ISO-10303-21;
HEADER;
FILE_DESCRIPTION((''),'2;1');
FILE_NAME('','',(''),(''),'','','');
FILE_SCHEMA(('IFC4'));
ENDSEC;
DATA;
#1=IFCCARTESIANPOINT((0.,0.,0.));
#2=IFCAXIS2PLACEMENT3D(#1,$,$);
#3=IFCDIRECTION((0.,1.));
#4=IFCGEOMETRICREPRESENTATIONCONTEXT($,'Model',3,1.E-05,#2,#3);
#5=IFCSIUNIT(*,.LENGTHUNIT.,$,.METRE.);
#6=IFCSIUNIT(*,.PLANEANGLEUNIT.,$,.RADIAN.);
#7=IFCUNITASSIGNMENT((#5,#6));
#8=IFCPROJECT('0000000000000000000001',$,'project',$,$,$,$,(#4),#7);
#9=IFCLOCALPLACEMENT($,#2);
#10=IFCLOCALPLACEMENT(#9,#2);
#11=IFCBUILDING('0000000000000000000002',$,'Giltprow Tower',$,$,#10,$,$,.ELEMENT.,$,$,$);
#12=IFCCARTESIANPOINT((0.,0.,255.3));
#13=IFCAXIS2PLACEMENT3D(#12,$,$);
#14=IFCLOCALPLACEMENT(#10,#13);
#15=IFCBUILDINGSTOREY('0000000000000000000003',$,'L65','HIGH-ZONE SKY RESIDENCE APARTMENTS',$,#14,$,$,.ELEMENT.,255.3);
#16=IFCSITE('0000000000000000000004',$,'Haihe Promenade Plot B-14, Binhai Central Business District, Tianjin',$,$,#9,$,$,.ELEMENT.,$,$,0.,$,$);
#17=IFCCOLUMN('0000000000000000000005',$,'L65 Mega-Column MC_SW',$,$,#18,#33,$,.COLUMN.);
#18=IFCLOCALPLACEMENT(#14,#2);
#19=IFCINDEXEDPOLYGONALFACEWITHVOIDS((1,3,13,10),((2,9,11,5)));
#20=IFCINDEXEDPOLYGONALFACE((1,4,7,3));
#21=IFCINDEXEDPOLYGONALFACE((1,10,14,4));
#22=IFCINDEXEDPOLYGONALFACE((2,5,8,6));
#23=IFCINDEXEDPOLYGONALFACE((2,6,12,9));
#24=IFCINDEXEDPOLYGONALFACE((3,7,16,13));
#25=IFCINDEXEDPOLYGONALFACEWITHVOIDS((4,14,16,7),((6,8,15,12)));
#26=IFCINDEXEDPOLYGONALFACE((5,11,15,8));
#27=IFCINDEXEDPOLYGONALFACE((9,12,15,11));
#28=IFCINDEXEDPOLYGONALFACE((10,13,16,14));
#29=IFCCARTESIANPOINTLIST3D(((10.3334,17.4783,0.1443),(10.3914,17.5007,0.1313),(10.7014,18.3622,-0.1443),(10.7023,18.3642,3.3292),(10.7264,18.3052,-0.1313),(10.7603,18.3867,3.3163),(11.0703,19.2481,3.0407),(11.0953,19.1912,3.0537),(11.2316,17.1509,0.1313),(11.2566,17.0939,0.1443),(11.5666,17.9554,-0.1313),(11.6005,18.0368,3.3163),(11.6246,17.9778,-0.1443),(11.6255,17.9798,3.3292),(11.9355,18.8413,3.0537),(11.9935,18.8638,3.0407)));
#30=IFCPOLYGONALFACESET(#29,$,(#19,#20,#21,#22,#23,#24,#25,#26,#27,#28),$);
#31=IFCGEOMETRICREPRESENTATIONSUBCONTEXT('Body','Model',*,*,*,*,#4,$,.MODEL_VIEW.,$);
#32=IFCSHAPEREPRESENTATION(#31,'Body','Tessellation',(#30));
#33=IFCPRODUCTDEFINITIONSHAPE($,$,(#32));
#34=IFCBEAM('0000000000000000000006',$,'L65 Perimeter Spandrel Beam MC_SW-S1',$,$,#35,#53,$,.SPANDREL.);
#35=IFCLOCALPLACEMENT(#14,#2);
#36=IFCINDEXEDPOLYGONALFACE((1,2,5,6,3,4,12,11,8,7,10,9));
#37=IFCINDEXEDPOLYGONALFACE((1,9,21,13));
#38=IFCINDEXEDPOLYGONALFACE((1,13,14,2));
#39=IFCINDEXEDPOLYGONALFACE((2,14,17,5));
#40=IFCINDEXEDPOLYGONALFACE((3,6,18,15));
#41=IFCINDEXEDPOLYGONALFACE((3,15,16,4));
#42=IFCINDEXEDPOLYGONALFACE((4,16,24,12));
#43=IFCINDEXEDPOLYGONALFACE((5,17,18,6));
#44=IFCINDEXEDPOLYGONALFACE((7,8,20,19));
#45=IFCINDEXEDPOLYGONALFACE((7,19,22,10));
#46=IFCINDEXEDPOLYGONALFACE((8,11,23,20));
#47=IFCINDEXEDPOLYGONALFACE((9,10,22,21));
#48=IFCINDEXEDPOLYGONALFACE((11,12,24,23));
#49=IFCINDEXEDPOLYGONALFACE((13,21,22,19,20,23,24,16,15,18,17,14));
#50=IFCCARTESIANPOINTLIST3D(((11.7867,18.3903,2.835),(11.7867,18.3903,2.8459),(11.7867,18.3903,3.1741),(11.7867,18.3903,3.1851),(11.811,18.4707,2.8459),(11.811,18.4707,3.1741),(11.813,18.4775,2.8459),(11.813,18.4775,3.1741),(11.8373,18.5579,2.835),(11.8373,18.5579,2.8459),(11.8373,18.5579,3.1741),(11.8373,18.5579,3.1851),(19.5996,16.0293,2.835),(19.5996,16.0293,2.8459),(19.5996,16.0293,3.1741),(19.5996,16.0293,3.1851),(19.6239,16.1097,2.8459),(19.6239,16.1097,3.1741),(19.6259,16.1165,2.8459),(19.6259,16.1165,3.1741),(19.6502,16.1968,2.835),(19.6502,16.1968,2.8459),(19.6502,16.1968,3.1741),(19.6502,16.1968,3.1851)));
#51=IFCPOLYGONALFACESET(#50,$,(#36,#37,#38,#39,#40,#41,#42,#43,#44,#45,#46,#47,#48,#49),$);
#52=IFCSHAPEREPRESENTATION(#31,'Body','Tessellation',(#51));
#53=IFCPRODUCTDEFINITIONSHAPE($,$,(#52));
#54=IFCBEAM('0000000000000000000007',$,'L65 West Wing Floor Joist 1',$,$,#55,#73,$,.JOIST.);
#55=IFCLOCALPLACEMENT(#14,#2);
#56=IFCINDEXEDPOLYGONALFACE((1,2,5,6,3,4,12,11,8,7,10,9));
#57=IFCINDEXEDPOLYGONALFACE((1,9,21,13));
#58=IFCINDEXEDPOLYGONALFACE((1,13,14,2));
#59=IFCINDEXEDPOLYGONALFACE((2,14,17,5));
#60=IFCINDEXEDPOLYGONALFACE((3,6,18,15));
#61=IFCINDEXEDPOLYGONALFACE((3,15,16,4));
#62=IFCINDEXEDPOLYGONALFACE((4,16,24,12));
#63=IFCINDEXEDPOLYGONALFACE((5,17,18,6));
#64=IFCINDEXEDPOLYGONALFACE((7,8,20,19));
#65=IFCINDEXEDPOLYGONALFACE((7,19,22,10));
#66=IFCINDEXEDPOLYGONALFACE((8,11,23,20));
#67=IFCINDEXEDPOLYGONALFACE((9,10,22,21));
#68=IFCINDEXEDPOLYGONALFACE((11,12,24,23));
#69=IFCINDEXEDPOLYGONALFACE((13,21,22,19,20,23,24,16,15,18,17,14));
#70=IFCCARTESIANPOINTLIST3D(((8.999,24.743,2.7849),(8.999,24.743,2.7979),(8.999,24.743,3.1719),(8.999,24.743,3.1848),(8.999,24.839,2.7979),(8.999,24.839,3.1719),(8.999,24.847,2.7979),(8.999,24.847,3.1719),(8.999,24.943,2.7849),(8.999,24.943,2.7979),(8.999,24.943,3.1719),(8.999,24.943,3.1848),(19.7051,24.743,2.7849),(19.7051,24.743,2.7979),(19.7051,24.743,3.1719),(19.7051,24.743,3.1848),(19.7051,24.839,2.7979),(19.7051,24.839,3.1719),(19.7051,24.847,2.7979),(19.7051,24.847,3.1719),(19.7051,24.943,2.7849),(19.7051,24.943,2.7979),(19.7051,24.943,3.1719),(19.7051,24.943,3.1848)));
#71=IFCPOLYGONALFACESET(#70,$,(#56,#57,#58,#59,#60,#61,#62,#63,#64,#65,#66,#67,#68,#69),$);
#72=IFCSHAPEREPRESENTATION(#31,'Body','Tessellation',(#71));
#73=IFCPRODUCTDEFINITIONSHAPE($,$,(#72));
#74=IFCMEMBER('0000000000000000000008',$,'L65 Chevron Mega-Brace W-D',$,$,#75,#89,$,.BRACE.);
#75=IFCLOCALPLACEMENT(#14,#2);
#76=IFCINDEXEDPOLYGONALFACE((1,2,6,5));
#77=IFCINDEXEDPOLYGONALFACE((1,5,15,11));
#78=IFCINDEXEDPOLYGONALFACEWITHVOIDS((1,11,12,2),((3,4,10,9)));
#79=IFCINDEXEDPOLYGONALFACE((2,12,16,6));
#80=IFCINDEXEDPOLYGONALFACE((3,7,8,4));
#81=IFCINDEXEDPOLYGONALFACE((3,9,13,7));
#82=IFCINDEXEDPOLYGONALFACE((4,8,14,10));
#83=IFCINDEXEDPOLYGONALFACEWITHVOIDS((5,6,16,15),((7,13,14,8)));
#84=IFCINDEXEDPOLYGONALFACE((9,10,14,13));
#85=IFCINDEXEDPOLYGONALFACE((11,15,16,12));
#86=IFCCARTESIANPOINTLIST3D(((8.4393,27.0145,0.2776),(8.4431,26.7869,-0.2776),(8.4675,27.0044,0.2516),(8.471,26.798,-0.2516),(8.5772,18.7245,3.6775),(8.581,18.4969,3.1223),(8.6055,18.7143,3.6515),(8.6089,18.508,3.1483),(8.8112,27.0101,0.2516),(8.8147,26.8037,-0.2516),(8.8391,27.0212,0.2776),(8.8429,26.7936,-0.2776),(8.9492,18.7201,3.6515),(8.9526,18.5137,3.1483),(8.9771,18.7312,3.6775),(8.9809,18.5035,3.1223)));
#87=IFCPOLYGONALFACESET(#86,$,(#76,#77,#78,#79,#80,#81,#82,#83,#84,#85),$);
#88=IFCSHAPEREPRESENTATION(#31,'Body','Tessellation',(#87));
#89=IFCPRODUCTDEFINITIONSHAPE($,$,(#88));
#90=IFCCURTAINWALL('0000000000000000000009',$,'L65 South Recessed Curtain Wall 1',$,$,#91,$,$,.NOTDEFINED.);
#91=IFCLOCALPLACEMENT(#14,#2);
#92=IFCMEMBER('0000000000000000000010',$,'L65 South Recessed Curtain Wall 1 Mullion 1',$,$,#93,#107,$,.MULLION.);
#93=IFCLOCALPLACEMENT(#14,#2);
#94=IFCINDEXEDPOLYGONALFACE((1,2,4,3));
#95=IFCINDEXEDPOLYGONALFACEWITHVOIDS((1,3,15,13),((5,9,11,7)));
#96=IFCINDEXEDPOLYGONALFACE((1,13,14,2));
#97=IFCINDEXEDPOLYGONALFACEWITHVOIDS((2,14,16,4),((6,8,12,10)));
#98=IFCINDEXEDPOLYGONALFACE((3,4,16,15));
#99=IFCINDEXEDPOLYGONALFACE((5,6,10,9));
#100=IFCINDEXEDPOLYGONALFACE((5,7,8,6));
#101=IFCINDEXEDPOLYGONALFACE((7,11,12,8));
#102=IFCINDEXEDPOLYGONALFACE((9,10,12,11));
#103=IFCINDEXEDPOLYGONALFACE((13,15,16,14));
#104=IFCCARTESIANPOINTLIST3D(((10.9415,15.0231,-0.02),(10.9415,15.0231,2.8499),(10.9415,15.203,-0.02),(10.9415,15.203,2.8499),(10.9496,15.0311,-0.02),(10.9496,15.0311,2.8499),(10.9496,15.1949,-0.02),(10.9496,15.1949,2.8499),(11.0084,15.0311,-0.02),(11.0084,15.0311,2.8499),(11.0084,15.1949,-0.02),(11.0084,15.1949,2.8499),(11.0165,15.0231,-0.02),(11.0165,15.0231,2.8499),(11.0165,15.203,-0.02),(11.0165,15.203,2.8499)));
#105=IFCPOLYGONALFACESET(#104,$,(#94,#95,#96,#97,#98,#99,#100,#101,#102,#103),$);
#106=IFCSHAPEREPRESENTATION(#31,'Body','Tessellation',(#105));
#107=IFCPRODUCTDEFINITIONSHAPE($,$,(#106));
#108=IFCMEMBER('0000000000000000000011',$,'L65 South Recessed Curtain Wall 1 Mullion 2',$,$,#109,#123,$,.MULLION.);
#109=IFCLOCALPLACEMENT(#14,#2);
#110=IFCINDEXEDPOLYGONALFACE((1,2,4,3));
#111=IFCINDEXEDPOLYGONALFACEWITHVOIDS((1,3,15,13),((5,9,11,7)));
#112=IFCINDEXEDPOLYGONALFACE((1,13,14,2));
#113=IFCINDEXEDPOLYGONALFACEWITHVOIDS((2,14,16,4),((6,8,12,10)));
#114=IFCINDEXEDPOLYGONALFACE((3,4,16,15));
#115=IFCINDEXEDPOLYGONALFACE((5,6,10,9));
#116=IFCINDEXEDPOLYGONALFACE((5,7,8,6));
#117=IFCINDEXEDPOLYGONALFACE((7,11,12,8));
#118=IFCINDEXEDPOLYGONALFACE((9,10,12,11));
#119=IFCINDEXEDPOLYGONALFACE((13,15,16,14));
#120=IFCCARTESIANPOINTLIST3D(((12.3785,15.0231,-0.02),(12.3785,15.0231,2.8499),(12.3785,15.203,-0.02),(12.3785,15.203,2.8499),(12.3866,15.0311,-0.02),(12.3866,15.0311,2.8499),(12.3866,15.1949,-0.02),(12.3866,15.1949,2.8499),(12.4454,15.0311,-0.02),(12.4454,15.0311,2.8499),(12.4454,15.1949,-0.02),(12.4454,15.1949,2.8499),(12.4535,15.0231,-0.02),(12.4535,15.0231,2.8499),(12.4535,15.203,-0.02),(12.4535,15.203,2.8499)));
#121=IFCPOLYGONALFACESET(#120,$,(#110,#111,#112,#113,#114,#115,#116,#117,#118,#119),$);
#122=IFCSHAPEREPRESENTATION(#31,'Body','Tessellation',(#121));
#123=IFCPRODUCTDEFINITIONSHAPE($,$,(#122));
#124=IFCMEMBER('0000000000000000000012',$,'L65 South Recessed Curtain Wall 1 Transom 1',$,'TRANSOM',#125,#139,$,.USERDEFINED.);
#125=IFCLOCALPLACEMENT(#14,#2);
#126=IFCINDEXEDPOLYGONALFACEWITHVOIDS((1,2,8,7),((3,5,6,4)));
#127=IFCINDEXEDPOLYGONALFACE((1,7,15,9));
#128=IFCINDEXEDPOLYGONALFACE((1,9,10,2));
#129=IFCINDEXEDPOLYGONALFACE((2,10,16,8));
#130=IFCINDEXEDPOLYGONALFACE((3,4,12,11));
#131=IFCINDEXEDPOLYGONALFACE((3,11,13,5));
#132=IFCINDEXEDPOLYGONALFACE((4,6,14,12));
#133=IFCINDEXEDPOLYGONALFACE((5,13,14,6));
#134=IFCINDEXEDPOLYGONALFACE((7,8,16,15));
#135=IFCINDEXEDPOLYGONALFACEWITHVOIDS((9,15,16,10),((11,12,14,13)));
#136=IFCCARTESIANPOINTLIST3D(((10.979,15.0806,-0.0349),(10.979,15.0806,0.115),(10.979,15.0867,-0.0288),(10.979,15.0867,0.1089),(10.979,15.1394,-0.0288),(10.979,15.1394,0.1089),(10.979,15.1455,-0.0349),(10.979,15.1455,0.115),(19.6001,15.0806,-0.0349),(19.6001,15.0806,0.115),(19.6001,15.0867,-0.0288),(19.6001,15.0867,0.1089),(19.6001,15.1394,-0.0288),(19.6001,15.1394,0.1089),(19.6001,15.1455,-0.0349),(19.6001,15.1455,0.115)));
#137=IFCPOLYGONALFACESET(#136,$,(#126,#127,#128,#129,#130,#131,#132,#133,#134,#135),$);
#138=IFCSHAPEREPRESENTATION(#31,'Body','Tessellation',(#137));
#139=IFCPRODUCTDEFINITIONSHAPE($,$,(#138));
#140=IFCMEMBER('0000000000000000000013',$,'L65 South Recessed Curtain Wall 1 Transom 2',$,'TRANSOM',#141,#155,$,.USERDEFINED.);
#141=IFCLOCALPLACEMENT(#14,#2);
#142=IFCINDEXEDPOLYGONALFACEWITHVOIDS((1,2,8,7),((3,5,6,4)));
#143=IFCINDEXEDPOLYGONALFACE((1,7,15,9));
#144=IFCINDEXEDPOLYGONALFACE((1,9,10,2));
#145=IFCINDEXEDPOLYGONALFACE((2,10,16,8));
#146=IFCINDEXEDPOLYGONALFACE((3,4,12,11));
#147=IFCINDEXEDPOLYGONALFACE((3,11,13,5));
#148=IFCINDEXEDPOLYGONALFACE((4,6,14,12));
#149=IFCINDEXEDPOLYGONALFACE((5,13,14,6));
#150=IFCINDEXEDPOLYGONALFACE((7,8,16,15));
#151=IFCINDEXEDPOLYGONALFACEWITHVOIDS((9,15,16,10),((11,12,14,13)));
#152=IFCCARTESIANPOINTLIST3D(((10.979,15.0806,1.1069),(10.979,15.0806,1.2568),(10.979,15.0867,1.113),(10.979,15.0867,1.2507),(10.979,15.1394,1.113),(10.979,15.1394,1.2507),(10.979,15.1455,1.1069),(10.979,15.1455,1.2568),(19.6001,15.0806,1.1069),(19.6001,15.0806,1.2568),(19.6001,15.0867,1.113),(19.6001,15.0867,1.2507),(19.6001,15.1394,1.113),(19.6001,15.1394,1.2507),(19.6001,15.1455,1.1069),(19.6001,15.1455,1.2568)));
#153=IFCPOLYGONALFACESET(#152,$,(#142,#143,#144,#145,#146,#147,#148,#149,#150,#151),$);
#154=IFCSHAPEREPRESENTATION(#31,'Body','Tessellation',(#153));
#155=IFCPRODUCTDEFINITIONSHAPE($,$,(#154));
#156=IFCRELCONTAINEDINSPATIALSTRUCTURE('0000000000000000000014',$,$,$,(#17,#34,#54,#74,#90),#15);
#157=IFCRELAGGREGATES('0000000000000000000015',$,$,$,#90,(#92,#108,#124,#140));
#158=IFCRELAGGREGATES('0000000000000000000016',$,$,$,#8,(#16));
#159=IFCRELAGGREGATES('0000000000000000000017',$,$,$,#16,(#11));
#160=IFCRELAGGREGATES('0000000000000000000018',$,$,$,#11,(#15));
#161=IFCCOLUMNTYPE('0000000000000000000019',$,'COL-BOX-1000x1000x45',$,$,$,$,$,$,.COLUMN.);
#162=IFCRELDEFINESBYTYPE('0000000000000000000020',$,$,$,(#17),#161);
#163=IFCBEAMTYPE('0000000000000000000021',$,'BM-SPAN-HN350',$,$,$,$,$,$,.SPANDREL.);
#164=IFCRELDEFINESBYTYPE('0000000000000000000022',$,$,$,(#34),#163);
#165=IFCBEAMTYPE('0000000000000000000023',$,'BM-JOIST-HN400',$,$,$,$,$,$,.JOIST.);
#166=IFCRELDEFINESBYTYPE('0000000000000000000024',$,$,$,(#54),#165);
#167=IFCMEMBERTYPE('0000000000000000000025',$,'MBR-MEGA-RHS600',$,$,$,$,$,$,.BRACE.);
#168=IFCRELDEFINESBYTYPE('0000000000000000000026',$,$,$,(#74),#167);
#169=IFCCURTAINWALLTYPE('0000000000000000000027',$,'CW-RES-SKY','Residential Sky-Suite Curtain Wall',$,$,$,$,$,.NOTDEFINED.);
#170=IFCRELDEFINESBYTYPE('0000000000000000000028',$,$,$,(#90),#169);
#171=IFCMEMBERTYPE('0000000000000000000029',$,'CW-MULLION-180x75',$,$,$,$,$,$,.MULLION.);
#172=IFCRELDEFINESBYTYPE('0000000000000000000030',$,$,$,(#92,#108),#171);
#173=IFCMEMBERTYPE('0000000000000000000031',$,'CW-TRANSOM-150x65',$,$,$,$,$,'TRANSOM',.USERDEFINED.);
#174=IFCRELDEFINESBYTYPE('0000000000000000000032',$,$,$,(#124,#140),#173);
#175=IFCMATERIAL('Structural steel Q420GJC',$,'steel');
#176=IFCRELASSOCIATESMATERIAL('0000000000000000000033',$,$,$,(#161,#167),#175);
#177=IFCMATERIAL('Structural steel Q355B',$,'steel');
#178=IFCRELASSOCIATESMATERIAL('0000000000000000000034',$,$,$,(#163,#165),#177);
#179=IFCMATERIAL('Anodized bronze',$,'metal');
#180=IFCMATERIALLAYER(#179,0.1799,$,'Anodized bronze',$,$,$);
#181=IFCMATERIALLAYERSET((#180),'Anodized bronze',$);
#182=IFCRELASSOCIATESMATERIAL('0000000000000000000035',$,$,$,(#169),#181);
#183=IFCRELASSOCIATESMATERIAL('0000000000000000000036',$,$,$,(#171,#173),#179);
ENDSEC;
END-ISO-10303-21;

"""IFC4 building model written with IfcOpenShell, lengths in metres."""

from ifc_helpers import new_model, si_unit, direction, frame, origin, origin_2d, place, context, subcontext, project, spatial, hollow_rectangle, i_section, extrude, source, transform, mapped, material, layer, layer_set, material_profile, profile_set, type_object, element, aggregate, save


model = new_model("IFC4")

# Units and contexts
model_context = context("Model", 3, precision=1e-05, world=origin(), true_north=direction((0.0, 1.0)))
body_context = subcontext(model_context, "Body", "Model", "MODEL_VIEW")
ifc_project = project(units=[si_unit("LENGTHUNIT", "METRE"), si_unit("PLANEANGLEUNIT", "RADIAN")], contexts=[model_context])

# Site, building, storey
site_placement = place(None, origin())
site = spatial("IfcSite", under=ifc_project, at=site_placement, Name="Haihe Promenade Plot B-14, Binhai Central Business District, Tianjin", CompositionType="ELEMENT", RefElevation=0.0)
building_placement = place(site_placement, origin())
building = spatial("IfcBuilding", under=site, at=building_placement, Name="Giltprow Tower", CompositionType="ELEMENT")
storey_placement = place(building_placement, frame((0.0, 0.0, 255.3)))
storey = spatial("IfcBuildingStorey", under=building, at=storey_placement, Name="L65", Description="HIGH-ZONE SKY RESIDENCE APARTMENTS", CompositionType="ELEMENT", Elevation=255.3)

# Column
ifc_material_1 = material(Name="Structural steel Q420GJC", Category="steel")
ifc_material_profile_1 = material_profile(ifc_material_1, hollow_rectangle(XDim=1.0, YDim=1.0, WallThickness=0.0449, at=origin_2d()), Name="BOX 1000x1000x45")
ifc_profile_set_1 = profile_set([ifc_material_profile_1], Name="Structural steel Q420GJC")
column_type = type_object("IfcColumnType", Name="COL-BOX-1000x1000x45", PredefinedType="COLUMN", material=ifc_profile_set_1)
shared_shape_1 = source(origin(), body_context, "Body", "SweptSolid", [
    extrude(hollow_rectangle(XDim=1.0, YDim=1.0, WallThickness=0.0449, at=origin_2d()), origin(), (0.0, 0.0, 1.0), 3.3264),
])
column_placement = place(storey_placement, frame((10.979, 17.728, 0.0), z_axis=(0.110896, 0.266341, 0.957478), x_axis=(-0.923175, 0.384381, 0.0)))
element("IfcColumn", 1, at=column_placement, inside=storey, type_object=column_type, Name="L65 Mega-Column MC_SW", PredefinedType="COLUMN", context=body_context, shape_type="MappedRepresentation", body=[
    mapped(shared_shape_1, transform((0.0, 0.0, 0.0), x_axis=(1.0, 0.0, 0.0), y_axis=(0.0, 1.0, 0.0), z_axis=(0.0, 0.0, 1.0), scale=1.0)),
])

# Beams
ifc_material_2 = material(Name="Structural steel Q355B", Category="steel")
ifc_material_profile_2 = material_profile(ifc_material_2, i_section(OverallWidth=0.175, OverallDepth=0.3501, WebThickness=0.0071, FlangeThickness=0.011, at=origin_2d()), Name="HN 350x175x7x11")
ifc_profile_set_2 = profile_set([ifc_material_profile_2], Name="Structural steel Q355B")
beam_type_1 = type_object("IfcBeamType", Name="BM-SPAN-HN350", PredefinedType="SPANDREL", material=ifc_profile_set_2)
shared_shape_2 = source(origin(), body_context, "Body", "SweptSolid", [
    extrude(i_section(OverallWidth=0.175, OverallDepth=0.3501, WebThickness=0.0071, FlangeThickness=0.011, at=origin_2d()), origin(), (0.0, 0.0, 1.0), 8.1619),
])
beam_1_placement = place(storey_placement, frame((11.812, 18.4741, 3.01), z_axis=(0.957245, -0.289279, 0.0), x_axis=(0.289279, 0.957245, 0.0)))
element("IfcBeam", 2, at=beam_1_placement, inside=storey, type_object=beam_type_1, Name="L65 Perimeter Spandrel Beam MC_SW-S1", PredefinedType="SPANDREL", context=body_context, shape_type="MappedRepresentation", body=[
    mapped(shared_shape_2, transform((0.0, 0.0, 0.0), x_axis=(1.0, 0.0, 0.0), y_axis=(0.0, 1.0, 0.0), z_axis=(0.0, 0.0, 1.0), scale=1.0)),
])
ifc_material_profile_3 = material_profile(ifc_material_2, i_section(OverallWidth=0.2, OverallDepth=0.3999, WebThickness=0.0081, FlangeThickness=0.0129, at=origin_2d()), Name="HN 400x200x8x13")
ifc_profile_set_3 = profile_set([ifc_material_profile_3], Name="Structural steel Q355B")
beam_type_2 = type_object("IfcBeamType", Name="BM-JOIST-HN400", PredefinedType="JOIST", material=ifc_profile_set_3)
shared_shape_3 = source(origin(), body_context, "Body", "SweptSolid", [
    extrude(i_section(OverallWidth=0.2, OverallDepth=0.3999, WebThickness=0.0081, FlangeThickness=0.0129, at=origin_2d()), origin(), (0.0, 0.0, 1.0), 10.7061),
])
beam_2_placement = place(storey_placement, frame((8.999, 24.843, 2.9849), z_axis=(1.0, 0.0, 0.0), x_axis=(0.0, 1.0, 0.0)))
element("IfcBeam", 3, at=beam_2_placement, inside=storey, type_object=beam_type_2, Name="L65 West Wing Floor Joist 1", PredefinedType="JOIST", context=body_context, shape_type="MappedRepresentation", body=[
    mapped(shared_shape_3, transform((0.0, 0.0, 0.0), x_axis=(1.0, 0.0, 0.0), y_axis=(0.0, 1.0, 0.0), z_axis=(0.0, 0.0, 1.0), scale=1.0)),
])

# Member
ifc_material_profile_4 = material_profile(ifc_material_1, hollow_rectangle(XDim=0.3999, YDim=0.6001, WallThickness=0.0281, at=origin_2d()), Name="RHS 600x400x28")
ifc_profile_set_4 = profile_set([ifc_material_profile_4], Name="Structural steel Q420GJC")
member_type_1 = type_object("IfcMemberType", Name="MBR-MEGA-RHS600", PredefinedType="BRACE", material=ifc_profile_set_4)
shared_shape_4 = source(origin(), body_context, "Body", "SweptSolid", [
    extrude(hollow_rectangle(XDim=0.3999, YDim=0.6001, WallThickness=0.0281, at=origin_2d()), origin(), (0.0, 0.0, 1.0), 8.9612),
])
member_1_placement = place(storey_placement, frame((8.6411, 26.9041, 0.0), z_axis=(0.015393, -0.925104, 0.379403), x_axis=(0.999862, 0.016637, 0.0)))
element("IfcMember", 4, at=member_1_placement, inside=storey, type_object=member_type_1, Name="L65 Chevron Mega-Brace W-D", PredefinedType="BRACE", context=body_context, shape_type="MappedRepresentation", body=[
    mapped(shared_shape_4, transform((0.0, 0.0, 0.0), x_axis=(1.0, 0.0, 0.0), y_axis=(0.0, 1.0, 0.0), z_axis=(0.0, 0.0, 1.0), scale=1.0)),
])

# Curtain wall, members
ifc_material_3 = material(Name="Anodized bronze", Category="metal")
ifc_layer_1 = layer(ifc_material_3, 0.1799, Name="Anodized bronze")
ifc_layer_set_1 = layer_set([ifc_layer_1], Name="Anodized bronze")
curtain_wall_type = type_object("IfcCurtainWallType", Name="CW-RES-SKY", Description="Residential Sky-Suite Curtain Wall", PredefinedType="NOTDEFINED", material=ifc_layer_set_1)
curtain_wall_placement = place(storey_placement, origin())
curtain_wall = element("IfcCurtainWall", 5, at=curtain_wall_placement, inside=storey, type_object=curtain_wall_type, Name="L65 South Recessed Curtain Wall 1", PredefinedType="NOTDEFINED")
ifc_material_profile_5 = material_profile(ifc_material_3, hollow_rectangle(XDim=0.075, YDim=0.1799, WallThickness=0.0081, at=origin_2d()), Name="RHS 180x75x8")
ifc_profile_set_5 = profile_set([ifc_material_profile_5], Name="Anodized bronze")
member_type_2 = type_object("IfcMemberType", Name="CW-MULLION-180x75", PredefinedType="MULLION", material=ifc_profile_set_5)
shared_shape_5 = source(origin(), body_context, "Body", "SweptSolid", [
    extrude(hollow_rectangle(XDim=0.075, YDim=0.1799, WallThickness=0.0081, at=origin_2d()), origin(), (0.0, 0.0, 1.0), 2.8699),
])
member_2_placement = place(storey_placement, frame((10.979, 15.113, -0.02), z_axis=(0.0, 0.0, 1.0), x_axis=(1.0, 0.0, 0.0)))
member_2 = element("IfcMember", 6, at=member_2_placement, type_object=member_type_2, Name="L65 South Recessed Curtain Wall 1 Mullion 1", PredefinedType="MULLION", context=body_context, shape_type="MappedRepresentation", body=[
    mapped(shared_shape_5, transform((0.0, 0.0, 0.0), x_axis=(1.0, 0.0, 0.0), y_axis=(0.0, 1.0, 0.0), z_axis=(0.0, 0.0, 1.0), scale=1.0)),
])
member_3_placement = place(storey_placement, frame((12.416, 15.113, -0.02), z_axis=(0.0, 0.0, 1.0), x_axis=(1.0, 0.0, 0.0)))
member_3 = element("IfcMember", 7, at=member_3_placement, type_object=member_type_2, Name="L65 South Recessed Curtain Wall 1 Mullion 2", PredefinedType="MULLION", context=body_context, shape_type="MappedRepresentation", body=[
    mapped(shared_shape_5, transform((0.0, 0.0, 0.0), x_axis=(1.0, 0.0, 0.0), y_axis=(0.0, 1.0, 0.0), z_axis=(0.0, 0.0, 1.0), scale=1.0)),
])
ifc_material_profile_6 = material_profile(ifc_material_3, hollow_rectangle(XDim=0.0649, YDim=0.1499, WallThickness=0.0061, at=origin_2d()), Name="RHS 150x65x6")
ifc_profile_set_6 = profile_set([ifc_material_profile_6], Name="Anodized bronze")
member_type_3 = type_object("IfcMemberType", Name="CW-TRANSOM-150x65", ElementType="TRANSOM", PredefinedType="USERDEFINED", material=ifc_profile_set_6)
shared_shape_6 = source(origin(), body_context, "Body", "SweptSolid", [
    extrude(hollow_rectangle(XDim=0.0649, YDim=0.1499, WallThickness=0.0061, at=origin_2d()), origin(), (0.0, 0.0, 1.0), 8.6211),
])
member_4_placement = place(storey_placement, frame((10.979, 15.113, 0.04), z_axis=(1.0, 0.0, 0.0), x_axis=(0.0, 1.0, 0.0)))
member_4 = element("IfcMember", 8, at=member_4_placement, type_object=member_type_3, Name="L65 South Recessed Curtain Wall 1 Transom 1", ObjectType="TRANSOM", PredefinedType="USERDEFINED", context=body_context, shape_type="MappedRepresentation", body=[
    mapped(shared_shape_6, transform((0.0, 0.0, 0.0), x_axis=(1.0, 0.0, 0.0), y_axis=(0.0, 1.0, 0.0), z_axis=(0.0, 0.0, 1.0), scale=1.0)),
])
member_5_placement = place(storey_placement, frame((10.979, 15.113, 1.1819), z_axis=(1.0, 0.0, 0.0), x_axis=(0.0, 1.0, 0.0)))
member_5 = element("IfcMember", 9, at=member_5_placement, type_object=member_type_3, Name="L65 South Recessed Curtain Wall 1 Transom 2", ObjectType="TRANSOM", PredefinedType="USERDEFINED", context=body_context, shape_type="MappedRepresentation", body=[
    mapped(shared_shape_6, transform((0.0, 0.0, 0.0), x_axis=(1.0, 0.0, 0.0), y_axis=(0.0, 1.0, 0.0), z_axis=(0.0, 0.0, 1.0), scale=1.0)),
])

aggregate(curtain_wall, [member_2, member_3, member_4, member_5])

save(model, "model.ifc")
